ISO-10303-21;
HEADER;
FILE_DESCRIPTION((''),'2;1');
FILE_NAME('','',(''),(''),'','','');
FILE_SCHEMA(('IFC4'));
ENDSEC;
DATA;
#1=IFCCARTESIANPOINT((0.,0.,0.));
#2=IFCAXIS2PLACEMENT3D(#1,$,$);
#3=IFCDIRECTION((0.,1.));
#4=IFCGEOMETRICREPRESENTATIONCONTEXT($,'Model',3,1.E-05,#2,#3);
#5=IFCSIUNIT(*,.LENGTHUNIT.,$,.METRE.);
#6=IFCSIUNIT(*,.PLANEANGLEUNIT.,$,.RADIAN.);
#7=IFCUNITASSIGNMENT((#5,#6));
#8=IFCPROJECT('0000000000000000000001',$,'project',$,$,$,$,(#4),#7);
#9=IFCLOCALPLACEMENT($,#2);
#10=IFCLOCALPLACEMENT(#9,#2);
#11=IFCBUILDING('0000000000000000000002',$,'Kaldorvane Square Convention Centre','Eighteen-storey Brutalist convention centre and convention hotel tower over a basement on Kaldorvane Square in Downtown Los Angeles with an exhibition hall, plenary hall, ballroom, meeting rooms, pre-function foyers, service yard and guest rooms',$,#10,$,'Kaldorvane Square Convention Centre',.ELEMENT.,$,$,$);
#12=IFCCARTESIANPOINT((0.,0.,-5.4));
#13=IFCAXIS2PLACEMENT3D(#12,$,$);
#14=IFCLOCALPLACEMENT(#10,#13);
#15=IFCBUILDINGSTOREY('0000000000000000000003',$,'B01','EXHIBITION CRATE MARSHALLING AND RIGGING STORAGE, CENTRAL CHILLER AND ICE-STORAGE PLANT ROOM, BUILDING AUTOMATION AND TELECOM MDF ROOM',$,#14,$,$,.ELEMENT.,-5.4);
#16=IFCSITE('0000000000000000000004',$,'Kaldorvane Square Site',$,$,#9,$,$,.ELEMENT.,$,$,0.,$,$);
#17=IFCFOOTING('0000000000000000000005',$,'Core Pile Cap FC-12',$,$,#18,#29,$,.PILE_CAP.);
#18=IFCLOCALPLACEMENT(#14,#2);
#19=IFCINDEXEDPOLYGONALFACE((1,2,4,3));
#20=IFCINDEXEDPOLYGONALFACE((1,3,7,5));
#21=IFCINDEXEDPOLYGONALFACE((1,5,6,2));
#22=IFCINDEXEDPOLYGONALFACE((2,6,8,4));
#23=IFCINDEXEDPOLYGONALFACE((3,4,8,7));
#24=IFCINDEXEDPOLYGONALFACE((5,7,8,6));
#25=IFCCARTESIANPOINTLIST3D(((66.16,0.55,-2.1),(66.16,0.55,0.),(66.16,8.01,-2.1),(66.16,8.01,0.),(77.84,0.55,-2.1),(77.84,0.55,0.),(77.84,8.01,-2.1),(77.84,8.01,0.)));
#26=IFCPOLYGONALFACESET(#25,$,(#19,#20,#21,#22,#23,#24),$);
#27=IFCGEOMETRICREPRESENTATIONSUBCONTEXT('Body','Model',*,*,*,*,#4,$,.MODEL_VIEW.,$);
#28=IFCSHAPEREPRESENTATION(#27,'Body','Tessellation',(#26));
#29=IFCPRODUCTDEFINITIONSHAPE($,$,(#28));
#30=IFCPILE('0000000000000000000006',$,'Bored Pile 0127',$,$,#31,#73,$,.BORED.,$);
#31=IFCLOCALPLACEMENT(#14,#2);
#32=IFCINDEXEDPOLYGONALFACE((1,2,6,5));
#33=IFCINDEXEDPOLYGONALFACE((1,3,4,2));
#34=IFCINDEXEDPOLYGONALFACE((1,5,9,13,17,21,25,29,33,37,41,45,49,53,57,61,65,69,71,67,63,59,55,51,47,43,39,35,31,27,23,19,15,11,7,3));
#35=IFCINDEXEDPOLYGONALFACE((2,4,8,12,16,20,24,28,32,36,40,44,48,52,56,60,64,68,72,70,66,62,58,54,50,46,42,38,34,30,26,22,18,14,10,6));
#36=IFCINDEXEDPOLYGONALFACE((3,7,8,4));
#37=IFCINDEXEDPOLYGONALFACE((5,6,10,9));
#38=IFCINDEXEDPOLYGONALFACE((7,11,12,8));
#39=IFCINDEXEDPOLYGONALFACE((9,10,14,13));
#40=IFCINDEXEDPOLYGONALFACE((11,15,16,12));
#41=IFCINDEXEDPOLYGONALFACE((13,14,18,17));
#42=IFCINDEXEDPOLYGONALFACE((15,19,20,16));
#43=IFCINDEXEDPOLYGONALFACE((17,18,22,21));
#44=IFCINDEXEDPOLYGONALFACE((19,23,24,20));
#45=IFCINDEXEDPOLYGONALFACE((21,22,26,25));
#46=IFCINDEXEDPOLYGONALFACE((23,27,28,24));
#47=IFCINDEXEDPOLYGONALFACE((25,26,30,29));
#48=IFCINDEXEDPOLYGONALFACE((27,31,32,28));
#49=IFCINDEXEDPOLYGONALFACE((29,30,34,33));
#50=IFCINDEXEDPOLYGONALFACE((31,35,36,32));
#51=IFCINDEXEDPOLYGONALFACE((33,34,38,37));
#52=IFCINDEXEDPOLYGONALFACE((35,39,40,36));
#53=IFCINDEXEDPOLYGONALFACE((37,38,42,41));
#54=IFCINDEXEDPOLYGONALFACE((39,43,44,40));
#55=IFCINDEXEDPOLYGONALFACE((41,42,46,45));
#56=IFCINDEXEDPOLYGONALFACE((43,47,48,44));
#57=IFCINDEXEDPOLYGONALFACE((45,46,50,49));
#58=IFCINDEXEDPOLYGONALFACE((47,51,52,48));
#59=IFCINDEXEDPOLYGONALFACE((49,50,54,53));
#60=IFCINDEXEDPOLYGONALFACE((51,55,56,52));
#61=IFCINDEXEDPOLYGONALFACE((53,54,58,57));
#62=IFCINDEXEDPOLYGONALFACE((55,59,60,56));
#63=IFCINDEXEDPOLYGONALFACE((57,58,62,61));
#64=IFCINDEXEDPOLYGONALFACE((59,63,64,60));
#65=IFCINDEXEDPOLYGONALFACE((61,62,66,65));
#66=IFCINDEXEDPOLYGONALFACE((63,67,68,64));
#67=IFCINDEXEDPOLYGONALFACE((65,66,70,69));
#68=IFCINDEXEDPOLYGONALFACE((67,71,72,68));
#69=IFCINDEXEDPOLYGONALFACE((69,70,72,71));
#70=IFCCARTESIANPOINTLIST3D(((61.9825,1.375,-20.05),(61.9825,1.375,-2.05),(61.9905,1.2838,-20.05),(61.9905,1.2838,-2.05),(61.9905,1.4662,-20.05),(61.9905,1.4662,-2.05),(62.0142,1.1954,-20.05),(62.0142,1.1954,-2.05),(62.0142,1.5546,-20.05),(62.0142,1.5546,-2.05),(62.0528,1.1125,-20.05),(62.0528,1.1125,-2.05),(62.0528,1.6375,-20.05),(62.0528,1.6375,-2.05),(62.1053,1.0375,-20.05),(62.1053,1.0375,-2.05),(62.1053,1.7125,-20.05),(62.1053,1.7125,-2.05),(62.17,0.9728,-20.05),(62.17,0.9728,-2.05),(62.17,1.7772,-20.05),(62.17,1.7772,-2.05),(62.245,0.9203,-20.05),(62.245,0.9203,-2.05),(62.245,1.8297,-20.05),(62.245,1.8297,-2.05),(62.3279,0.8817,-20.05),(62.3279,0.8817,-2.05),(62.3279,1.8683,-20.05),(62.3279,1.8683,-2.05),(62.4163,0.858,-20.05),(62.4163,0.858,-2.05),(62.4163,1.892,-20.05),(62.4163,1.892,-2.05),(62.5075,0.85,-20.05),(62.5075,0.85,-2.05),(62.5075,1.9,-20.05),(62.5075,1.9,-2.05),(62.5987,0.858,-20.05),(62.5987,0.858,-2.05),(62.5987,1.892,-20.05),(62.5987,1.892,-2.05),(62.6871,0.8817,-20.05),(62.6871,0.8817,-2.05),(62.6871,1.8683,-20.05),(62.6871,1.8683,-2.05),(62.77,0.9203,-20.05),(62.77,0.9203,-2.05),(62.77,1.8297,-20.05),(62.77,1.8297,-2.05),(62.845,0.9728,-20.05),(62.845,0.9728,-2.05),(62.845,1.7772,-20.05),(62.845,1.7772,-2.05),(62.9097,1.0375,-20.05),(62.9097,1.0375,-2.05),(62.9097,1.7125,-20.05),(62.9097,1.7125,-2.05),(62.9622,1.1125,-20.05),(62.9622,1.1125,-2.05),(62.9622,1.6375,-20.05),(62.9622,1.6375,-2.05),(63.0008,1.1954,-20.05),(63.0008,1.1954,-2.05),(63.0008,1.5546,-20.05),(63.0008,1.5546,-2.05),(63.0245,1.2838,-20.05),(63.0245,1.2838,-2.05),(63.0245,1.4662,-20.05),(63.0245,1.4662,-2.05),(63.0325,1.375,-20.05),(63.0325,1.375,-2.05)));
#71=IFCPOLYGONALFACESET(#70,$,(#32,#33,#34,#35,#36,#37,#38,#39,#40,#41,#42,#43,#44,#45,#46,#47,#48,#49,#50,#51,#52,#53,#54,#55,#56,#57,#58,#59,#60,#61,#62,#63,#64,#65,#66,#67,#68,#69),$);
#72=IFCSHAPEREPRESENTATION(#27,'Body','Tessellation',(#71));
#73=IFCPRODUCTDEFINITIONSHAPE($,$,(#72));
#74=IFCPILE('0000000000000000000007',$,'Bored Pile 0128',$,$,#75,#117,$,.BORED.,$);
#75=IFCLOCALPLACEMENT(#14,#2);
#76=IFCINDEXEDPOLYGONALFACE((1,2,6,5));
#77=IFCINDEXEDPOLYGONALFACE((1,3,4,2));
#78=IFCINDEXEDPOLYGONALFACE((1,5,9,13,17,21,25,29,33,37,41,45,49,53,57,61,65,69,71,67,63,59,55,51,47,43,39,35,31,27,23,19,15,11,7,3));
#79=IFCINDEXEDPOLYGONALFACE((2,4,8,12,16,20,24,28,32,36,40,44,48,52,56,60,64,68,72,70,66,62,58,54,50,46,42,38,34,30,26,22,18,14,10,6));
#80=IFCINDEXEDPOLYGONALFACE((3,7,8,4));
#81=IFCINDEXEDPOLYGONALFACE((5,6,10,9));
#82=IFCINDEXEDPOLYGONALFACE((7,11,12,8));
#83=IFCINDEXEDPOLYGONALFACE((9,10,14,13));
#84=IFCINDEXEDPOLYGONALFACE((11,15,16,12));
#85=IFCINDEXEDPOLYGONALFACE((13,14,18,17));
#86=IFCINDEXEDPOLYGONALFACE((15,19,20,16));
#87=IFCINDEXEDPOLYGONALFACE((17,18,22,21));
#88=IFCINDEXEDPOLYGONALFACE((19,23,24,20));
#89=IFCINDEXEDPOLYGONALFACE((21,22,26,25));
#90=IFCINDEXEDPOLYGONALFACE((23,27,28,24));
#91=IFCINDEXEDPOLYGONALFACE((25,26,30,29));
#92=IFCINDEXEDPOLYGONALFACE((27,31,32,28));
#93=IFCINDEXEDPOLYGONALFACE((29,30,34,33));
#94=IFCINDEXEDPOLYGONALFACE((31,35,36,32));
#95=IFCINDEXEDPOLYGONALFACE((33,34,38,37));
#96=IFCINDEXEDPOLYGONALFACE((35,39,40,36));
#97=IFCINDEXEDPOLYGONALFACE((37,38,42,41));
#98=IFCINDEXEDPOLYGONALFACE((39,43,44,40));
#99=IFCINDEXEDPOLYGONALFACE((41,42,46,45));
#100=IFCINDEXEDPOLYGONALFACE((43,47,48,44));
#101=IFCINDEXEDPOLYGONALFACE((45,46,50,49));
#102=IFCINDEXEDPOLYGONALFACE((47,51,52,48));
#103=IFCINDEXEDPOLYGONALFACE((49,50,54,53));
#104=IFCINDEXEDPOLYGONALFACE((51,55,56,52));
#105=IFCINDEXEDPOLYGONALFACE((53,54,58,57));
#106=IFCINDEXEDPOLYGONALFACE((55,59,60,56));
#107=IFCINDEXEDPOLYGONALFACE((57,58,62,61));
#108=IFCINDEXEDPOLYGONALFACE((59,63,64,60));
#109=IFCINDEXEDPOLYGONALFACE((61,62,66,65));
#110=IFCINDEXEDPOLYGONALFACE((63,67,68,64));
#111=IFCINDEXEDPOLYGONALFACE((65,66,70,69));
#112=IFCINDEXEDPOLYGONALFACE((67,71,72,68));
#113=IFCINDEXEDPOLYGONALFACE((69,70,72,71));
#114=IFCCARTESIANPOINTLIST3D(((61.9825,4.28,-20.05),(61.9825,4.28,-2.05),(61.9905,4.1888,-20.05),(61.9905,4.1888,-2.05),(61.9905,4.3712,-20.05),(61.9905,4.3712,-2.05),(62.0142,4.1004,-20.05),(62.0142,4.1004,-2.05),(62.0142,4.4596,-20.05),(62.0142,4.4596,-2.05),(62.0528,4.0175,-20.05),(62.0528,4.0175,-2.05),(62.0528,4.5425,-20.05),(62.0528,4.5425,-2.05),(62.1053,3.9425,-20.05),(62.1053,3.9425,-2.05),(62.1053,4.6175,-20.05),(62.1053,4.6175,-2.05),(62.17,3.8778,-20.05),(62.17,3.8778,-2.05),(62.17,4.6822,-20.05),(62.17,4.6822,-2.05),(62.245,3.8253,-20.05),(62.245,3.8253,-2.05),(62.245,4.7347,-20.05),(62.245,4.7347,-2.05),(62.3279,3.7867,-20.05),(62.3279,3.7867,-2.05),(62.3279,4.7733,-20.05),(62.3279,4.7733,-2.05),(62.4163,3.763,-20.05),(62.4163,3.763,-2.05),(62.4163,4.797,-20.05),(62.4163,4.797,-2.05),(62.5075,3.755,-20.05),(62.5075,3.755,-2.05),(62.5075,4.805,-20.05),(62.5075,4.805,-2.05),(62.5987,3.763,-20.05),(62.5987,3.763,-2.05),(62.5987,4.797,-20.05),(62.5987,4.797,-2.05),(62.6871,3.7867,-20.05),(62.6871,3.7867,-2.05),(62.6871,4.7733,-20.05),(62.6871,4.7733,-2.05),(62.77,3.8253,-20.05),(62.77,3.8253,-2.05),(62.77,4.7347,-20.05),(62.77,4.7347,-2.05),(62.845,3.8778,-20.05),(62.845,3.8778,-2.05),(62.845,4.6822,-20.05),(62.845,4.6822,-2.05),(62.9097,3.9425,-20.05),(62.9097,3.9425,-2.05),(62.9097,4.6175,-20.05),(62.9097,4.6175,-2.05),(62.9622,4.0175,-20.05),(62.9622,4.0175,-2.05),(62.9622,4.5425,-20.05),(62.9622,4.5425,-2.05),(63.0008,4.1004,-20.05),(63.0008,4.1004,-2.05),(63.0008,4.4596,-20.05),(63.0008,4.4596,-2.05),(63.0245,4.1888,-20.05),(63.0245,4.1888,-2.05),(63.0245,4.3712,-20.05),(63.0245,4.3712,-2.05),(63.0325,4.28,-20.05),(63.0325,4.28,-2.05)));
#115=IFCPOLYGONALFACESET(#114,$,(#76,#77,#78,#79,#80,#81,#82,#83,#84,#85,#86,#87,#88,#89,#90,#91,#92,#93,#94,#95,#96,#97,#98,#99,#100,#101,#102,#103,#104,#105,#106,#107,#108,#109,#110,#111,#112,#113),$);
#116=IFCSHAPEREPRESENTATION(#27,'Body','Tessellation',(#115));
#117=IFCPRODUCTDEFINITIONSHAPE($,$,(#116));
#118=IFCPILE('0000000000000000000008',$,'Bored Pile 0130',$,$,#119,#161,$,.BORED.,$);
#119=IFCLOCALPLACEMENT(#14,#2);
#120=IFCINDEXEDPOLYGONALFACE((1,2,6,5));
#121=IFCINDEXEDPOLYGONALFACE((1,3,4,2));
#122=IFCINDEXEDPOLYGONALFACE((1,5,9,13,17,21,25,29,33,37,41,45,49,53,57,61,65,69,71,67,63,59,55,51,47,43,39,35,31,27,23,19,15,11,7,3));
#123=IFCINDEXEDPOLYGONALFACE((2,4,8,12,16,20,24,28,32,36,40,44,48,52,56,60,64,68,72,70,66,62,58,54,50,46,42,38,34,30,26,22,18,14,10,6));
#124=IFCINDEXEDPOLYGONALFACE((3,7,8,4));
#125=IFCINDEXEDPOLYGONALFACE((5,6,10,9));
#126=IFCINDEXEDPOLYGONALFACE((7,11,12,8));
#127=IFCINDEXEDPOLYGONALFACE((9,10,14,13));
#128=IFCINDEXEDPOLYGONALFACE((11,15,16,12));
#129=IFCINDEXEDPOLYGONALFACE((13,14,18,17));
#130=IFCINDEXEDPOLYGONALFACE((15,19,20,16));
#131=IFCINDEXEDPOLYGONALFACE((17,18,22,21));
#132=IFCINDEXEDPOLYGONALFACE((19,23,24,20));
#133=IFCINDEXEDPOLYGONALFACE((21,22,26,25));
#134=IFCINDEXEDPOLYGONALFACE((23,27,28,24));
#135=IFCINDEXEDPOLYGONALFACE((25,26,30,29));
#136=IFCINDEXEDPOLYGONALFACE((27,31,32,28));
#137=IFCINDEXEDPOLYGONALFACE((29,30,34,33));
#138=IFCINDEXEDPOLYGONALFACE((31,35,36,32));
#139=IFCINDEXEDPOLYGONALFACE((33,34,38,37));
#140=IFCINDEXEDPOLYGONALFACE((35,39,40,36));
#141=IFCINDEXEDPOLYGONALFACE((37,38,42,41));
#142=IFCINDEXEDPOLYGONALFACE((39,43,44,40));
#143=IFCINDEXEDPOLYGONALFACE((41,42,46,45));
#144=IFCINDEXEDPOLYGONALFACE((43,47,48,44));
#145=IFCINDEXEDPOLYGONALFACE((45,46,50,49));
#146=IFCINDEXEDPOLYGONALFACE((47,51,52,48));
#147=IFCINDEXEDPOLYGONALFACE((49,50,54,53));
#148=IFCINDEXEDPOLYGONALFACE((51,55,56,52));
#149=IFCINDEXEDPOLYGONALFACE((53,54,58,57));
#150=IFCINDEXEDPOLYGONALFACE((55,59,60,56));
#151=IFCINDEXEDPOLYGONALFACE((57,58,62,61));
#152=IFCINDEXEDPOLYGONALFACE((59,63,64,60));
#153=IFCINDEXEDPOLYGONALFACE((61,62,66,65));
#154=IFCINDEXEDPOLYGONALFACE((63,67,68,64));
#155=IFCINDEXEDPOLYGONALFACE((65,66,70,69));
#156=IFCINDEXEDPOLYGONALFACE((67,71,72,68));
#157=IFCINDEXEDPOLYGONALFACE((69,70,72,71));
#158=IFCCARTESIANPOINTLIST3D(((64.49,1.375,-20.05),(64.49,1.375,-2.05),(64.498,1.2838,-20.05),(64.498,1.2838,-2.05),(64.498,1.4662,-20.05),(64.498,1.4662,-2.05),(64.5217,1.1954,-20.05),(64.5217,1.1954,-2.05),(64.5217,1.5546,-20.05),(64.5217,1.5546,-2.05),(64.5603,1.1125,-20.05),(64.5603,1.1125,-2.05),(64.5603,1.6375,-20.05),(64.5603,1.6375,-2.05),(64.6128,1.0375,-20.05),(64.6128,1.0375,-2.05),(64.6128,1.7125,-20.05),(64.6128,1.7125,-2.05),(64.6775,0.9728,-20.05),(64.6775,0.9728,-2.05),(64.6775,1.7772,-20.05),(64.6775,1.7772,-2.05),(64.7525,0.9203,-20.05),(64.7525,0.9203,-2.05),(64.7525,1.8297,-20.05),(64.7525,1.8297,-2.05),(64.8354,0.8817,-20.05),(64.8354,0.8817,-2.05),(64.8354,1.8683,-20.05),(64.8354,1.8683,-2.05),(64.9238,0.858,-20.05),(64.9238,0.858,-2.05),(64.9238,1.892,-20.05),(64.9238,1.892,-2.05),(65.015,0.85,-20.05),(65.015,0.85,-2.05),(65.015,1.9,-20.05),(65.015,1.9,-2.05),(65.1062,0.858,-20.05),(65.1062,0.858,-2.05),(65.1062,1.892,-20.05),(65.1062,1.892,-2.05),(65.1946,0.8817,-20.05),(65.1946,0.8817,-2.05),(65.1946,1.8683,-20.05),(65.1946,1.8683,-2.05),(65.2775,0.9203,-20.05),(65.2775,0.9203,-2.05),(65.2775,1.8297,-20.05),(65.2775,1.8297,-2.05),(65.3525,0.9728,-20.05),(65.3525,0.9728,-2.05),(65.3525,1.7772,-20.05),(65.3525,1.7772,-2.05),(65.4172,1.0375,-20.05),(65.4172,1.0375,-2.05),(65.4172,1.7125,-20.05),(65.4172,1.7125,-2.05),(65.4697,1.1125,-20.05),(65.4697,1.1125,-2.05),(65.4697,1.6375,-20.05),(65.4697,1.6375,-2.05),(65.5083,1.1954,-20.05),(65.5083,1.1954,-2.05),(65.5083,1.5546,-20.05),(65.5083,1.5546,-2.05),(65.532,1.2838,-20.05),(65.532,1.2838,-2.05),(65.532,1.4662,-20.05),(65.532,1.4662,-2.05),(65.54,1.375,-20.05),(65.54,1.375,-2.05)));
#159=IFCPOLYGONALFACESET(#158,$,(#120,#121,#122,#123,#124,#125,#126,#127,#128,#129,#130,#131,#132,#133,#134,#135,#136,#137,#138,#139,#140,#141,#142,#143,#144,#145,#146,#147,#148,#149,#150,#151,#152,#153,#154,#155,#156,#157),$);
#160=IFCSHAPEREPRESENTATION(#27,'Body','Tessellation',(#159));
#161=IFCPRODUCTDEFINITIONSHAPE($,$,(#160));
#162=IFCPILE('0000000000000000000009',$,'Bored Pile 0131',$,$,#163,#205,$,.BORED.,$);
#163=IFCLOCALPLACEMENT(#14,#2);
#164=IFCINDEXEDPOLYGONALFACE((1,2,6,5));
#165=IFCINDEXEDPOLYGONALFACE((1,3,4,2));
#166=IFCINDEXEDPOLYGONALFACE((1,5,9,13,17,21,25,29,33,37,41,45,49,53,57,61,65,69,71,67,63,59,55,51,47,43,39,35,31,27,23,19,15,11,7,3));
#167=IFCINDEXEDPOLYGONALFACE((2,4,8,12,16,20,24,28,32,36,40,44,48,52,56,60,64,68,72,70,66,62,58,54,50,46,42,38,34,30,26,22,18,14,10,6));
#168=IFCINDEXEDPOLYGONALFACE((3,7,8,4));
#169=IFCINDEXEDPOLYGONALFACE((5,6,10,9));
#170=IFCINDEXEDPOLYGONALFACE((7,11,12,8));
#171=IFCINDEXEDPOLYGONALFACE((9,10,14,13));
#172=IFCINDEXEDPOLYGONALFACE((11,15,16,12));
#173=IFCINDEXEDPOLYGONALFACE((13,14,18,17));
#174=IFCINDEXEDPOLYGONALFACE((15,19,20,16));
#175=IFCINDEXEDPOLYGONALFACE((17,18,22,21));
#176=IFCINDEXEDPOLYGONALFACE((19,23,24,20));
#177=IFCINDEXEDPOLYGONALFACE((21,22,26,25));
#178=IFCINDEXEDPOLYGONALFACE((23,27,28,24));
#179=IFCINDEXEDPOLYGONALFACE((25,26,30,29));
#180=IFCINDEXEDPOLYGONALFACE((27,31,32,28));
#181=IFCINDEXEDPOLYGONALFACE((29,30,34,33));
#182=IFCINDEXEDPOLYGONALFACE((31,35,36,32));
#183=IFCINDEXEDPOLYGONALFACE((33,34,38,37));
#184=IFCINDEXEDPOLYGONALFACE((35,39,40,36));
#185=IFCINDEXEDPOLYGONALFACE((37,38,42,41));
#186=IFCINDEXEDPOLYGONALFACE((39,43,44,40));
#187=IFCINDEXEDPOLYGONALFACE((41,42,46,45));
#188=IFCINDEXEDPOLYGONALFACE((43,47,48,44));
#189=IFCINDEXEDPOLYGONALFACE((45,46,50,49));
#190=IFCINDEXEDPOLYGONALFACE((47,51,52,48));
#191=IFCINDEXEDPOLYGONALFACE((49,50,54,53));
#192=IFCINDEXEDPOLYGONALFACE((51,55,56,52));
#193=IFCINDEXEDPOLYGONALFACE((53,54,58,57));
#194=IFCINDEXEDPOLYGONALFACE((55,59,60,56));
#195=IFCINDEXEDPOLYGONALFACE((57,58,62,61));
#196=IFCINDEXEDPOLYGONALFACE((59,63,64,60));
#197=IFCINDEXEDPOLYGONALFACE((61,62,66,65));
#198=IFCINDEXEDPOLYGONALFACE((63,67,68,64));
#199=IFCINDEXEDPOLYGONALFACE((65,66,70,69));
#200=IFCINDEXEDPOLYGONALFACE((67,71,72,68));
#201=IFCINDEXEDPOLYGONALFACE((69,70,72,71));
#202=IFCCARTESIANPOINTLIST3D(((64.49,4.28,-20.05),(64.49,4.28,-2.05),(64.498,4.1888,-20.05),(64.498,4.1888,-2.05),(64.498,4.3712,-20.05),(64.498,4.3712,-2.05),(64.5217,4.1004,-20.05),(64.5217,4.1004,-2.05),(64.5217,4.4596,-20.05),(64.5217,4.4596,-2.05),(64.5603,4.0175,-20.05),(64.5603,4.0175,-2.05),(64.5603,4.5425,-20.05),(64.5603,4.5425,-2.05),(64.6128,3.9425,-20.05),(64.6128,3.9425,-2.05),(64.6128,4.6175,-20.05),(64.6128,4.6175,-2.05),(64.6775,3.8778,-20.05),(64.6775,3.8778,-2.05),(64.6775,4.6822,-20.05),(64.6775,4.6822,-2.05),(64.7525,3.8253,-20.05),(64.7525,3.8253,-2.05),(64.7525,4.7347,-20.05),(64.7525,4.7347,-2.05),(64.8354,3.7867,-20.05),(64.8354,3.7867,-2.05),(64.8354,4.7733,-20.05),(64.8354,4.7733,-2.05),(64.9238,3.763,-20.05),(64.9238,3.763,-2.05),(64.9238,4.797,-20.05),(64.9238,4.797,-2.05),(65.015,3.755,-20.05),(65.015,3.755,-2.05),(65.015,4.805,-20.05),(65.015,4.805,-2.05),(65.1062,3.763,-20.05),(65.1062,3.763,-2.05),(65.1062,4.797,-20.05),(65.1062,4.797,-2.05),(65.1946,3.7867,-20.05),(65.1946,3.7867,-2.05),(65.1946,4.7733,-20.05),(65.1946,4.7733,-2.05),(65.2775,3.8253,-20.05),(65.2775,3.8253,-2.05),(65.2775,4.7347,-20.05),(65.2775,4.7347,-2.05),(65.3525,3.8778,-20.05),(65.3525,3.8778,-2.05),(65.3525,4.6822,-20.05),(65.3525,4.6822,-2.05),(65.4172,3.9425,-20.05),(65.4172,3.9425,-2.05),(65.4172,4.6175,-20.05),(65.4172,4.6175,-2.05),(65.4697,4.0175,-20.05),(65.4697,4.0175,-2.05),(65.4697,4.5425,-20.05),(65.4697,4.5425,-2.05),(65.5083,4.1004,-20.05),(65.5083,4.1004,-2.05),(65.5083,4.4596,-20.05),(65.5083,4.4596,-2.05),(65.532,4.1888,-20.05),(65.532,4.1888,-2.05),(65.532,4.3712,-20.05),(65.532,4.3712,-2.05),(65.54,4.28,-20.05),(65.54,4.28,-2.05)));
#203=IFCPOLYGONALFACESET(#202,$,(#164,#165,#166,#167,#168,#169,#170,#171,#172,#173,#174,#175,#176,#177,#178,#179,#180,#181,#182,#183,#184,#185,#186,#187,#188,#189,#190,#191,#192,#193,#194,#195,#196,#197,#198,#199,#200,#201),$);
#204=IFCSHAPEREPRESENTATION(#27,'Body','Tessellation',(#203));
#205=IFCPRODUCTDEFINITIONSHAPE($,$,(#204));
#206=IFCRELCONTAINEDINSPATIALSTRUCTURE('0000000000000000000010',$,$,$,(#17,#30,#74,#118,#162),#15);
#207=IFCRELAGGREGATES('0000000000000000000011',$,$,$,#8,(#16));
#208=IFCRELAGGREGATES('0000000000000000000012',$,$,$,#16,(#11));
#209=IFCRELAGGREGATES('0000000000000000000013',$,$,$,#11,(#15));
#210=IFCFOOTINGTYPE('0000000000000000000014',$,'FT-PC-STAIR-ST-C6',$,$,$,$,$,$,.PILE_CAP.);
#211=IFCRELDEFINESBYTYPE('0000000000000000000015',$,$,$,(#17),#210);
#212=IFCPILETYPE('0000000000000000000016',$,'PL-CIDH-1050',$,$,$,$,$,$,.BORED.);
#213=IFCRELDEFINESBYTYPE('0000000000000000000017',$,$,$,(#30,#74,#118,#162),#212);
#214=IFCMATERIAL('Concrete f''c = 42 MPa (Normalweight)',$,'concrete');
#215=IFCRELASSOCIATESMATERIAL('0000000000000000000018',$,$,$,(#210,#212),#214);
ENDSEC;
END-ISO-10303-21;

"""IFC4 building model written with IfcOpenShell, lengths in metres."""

from ifc_helpers import new_model, si_unit, direction, frame, origin, origin_2d, place, context, subcontext, project, spatial, rectangle, circle, extrude, material, material_profile, profile_set, type_object, element, save


model = new_model("IFC4")

# Units and contexts
model_context = context("Model", 3, precision=1e-05, world=origin(), true_north=direction((0.0, 1.0)))
body_context = subcontext(model_context, "Body", "Model", "MODEL_VIEW")
ifc_project = project(units=[si_unit("LENGTHUNIT", "METRE"), si_unit("PLANEANGLEUNIT", "RADIAN")], contexts=[model_context])

# Site, building, storey
site_placement = place(None, origin())
site = spatial("IfcSite", under=ifc_project, at=site_placement, Name="Kaldorvane Square Site", CompositionType="ELEMENT", RefElevation=0.0)
building_placement = place(site_placement, origin())
building = spatial("IfcBuilding", under=site, at=building_placement, Name="Kaldorvane Square Convention Centre", Description="Eighteen-storey Brutalist convention centre and convention hotel tower over a basement on Kaldorvane Square in Downtown Los Angeles with an exhibition hall, plenary hall, ballroom, meeting rooms, pre-function foyers, service yard and guest rooms", LongName="Kaldorvane Square Convention Centre", CompositionType="ELEMENT")
storey_placement = place(building_placement, frame((0.0, 0.0, -5.4)))
storey = spatial("IfcBuildingStorey", under=building, at=storey_placement, Name="B01", Description="EXHIBITION CRATE MARSHALLING AND RIGGING STORAGE, CENTRAL CHILLER AND ICE-STORAGE PLANT ROOM, BUILDING AUTOMATION AND TELECOM MDF ROOM", CompositionType="ELEMENT", Elevation=-5.4)

# Footing
ifc_material_1 = material(Name="Concrete f'c = 42 MPa (Normalweight)", Category="concrete")
footing_type = type_object("IfcFootingType", Name="FT-PC-STAIR-ST-C6", PredefinedType="PILE_CAP", material=ifc_material_1)
footing_placement = place(storey_placement, frame((72.0, 4.28, -2.1), z_axis=(0.0, 0.0, 1.0), x_axis=(1.0, 0.0, 0.0)))
element("IfcFooting", 1, at=footing_placement, inside=storey, type_object=footing_type, Name="Core Pile Cap FC-12", PredefinedType="PILE_CAP", context=body_context, shape_type="SweptSolid", body=[
    extrude(rectangle(XDim=11.68, YDim=7.46, at=origin_2d()), origin(), (0.0, 0.0, 1.0), 2.1),
])

# Piles
ifc_material_profile_1 = material_profile(ifc_material_1, circle(Radius=0.525, at=origin_2d()), Name="PILE-D1050")
ifc_profile_set_1 = profile_set([ifc_material_profile_1], Name="Concrete f'c = 42 MPa (Normalweight)")
pile_type = type_object("IfcPileType", Name="PL-CIDH-1050", PredefinedType="BORED", material=ifc_profile_set_1)
for number, where, z_axis, x_axis, name in (
    (2, (62.5075, 1.375, -2.05), (0.0, 0.0, -1.0), (1.0, 0.0, 0.0), "Bored Pile 0127"),
    (3, (62.5075, 4.28, -2.05), (0.0, 0.0, -1.0), (1.0, 0.0, 0.0), "Bored Pile 0128"),
    (4, (65.015, 1.375, -2.05), (0.0, 0.0, -1.0), (1.0, 0.0, 0.0), "Bored Pile 0130"),
    (5, (65.015, 4.28, -2.05), (0.0, 0.0, -1.0), (1.0, 0.0, 0.0), "Bored Pile 0131"),
):
    element("IfcPile", number, at=place(storey_placement, frame(where, z_axis=z_axis, x_axis=x_axis)), inside=storey, type_object=pile_type, Name=name, PredefinedType="BORED", context=body_context, shape_type="SweptSolid", body=[
        extrude(circle(Radius=0.525, at=origin_2d()), origin(), (0.0, 0.0, 1.0), 18.0),
    ])

save(model, "model.ifc")
